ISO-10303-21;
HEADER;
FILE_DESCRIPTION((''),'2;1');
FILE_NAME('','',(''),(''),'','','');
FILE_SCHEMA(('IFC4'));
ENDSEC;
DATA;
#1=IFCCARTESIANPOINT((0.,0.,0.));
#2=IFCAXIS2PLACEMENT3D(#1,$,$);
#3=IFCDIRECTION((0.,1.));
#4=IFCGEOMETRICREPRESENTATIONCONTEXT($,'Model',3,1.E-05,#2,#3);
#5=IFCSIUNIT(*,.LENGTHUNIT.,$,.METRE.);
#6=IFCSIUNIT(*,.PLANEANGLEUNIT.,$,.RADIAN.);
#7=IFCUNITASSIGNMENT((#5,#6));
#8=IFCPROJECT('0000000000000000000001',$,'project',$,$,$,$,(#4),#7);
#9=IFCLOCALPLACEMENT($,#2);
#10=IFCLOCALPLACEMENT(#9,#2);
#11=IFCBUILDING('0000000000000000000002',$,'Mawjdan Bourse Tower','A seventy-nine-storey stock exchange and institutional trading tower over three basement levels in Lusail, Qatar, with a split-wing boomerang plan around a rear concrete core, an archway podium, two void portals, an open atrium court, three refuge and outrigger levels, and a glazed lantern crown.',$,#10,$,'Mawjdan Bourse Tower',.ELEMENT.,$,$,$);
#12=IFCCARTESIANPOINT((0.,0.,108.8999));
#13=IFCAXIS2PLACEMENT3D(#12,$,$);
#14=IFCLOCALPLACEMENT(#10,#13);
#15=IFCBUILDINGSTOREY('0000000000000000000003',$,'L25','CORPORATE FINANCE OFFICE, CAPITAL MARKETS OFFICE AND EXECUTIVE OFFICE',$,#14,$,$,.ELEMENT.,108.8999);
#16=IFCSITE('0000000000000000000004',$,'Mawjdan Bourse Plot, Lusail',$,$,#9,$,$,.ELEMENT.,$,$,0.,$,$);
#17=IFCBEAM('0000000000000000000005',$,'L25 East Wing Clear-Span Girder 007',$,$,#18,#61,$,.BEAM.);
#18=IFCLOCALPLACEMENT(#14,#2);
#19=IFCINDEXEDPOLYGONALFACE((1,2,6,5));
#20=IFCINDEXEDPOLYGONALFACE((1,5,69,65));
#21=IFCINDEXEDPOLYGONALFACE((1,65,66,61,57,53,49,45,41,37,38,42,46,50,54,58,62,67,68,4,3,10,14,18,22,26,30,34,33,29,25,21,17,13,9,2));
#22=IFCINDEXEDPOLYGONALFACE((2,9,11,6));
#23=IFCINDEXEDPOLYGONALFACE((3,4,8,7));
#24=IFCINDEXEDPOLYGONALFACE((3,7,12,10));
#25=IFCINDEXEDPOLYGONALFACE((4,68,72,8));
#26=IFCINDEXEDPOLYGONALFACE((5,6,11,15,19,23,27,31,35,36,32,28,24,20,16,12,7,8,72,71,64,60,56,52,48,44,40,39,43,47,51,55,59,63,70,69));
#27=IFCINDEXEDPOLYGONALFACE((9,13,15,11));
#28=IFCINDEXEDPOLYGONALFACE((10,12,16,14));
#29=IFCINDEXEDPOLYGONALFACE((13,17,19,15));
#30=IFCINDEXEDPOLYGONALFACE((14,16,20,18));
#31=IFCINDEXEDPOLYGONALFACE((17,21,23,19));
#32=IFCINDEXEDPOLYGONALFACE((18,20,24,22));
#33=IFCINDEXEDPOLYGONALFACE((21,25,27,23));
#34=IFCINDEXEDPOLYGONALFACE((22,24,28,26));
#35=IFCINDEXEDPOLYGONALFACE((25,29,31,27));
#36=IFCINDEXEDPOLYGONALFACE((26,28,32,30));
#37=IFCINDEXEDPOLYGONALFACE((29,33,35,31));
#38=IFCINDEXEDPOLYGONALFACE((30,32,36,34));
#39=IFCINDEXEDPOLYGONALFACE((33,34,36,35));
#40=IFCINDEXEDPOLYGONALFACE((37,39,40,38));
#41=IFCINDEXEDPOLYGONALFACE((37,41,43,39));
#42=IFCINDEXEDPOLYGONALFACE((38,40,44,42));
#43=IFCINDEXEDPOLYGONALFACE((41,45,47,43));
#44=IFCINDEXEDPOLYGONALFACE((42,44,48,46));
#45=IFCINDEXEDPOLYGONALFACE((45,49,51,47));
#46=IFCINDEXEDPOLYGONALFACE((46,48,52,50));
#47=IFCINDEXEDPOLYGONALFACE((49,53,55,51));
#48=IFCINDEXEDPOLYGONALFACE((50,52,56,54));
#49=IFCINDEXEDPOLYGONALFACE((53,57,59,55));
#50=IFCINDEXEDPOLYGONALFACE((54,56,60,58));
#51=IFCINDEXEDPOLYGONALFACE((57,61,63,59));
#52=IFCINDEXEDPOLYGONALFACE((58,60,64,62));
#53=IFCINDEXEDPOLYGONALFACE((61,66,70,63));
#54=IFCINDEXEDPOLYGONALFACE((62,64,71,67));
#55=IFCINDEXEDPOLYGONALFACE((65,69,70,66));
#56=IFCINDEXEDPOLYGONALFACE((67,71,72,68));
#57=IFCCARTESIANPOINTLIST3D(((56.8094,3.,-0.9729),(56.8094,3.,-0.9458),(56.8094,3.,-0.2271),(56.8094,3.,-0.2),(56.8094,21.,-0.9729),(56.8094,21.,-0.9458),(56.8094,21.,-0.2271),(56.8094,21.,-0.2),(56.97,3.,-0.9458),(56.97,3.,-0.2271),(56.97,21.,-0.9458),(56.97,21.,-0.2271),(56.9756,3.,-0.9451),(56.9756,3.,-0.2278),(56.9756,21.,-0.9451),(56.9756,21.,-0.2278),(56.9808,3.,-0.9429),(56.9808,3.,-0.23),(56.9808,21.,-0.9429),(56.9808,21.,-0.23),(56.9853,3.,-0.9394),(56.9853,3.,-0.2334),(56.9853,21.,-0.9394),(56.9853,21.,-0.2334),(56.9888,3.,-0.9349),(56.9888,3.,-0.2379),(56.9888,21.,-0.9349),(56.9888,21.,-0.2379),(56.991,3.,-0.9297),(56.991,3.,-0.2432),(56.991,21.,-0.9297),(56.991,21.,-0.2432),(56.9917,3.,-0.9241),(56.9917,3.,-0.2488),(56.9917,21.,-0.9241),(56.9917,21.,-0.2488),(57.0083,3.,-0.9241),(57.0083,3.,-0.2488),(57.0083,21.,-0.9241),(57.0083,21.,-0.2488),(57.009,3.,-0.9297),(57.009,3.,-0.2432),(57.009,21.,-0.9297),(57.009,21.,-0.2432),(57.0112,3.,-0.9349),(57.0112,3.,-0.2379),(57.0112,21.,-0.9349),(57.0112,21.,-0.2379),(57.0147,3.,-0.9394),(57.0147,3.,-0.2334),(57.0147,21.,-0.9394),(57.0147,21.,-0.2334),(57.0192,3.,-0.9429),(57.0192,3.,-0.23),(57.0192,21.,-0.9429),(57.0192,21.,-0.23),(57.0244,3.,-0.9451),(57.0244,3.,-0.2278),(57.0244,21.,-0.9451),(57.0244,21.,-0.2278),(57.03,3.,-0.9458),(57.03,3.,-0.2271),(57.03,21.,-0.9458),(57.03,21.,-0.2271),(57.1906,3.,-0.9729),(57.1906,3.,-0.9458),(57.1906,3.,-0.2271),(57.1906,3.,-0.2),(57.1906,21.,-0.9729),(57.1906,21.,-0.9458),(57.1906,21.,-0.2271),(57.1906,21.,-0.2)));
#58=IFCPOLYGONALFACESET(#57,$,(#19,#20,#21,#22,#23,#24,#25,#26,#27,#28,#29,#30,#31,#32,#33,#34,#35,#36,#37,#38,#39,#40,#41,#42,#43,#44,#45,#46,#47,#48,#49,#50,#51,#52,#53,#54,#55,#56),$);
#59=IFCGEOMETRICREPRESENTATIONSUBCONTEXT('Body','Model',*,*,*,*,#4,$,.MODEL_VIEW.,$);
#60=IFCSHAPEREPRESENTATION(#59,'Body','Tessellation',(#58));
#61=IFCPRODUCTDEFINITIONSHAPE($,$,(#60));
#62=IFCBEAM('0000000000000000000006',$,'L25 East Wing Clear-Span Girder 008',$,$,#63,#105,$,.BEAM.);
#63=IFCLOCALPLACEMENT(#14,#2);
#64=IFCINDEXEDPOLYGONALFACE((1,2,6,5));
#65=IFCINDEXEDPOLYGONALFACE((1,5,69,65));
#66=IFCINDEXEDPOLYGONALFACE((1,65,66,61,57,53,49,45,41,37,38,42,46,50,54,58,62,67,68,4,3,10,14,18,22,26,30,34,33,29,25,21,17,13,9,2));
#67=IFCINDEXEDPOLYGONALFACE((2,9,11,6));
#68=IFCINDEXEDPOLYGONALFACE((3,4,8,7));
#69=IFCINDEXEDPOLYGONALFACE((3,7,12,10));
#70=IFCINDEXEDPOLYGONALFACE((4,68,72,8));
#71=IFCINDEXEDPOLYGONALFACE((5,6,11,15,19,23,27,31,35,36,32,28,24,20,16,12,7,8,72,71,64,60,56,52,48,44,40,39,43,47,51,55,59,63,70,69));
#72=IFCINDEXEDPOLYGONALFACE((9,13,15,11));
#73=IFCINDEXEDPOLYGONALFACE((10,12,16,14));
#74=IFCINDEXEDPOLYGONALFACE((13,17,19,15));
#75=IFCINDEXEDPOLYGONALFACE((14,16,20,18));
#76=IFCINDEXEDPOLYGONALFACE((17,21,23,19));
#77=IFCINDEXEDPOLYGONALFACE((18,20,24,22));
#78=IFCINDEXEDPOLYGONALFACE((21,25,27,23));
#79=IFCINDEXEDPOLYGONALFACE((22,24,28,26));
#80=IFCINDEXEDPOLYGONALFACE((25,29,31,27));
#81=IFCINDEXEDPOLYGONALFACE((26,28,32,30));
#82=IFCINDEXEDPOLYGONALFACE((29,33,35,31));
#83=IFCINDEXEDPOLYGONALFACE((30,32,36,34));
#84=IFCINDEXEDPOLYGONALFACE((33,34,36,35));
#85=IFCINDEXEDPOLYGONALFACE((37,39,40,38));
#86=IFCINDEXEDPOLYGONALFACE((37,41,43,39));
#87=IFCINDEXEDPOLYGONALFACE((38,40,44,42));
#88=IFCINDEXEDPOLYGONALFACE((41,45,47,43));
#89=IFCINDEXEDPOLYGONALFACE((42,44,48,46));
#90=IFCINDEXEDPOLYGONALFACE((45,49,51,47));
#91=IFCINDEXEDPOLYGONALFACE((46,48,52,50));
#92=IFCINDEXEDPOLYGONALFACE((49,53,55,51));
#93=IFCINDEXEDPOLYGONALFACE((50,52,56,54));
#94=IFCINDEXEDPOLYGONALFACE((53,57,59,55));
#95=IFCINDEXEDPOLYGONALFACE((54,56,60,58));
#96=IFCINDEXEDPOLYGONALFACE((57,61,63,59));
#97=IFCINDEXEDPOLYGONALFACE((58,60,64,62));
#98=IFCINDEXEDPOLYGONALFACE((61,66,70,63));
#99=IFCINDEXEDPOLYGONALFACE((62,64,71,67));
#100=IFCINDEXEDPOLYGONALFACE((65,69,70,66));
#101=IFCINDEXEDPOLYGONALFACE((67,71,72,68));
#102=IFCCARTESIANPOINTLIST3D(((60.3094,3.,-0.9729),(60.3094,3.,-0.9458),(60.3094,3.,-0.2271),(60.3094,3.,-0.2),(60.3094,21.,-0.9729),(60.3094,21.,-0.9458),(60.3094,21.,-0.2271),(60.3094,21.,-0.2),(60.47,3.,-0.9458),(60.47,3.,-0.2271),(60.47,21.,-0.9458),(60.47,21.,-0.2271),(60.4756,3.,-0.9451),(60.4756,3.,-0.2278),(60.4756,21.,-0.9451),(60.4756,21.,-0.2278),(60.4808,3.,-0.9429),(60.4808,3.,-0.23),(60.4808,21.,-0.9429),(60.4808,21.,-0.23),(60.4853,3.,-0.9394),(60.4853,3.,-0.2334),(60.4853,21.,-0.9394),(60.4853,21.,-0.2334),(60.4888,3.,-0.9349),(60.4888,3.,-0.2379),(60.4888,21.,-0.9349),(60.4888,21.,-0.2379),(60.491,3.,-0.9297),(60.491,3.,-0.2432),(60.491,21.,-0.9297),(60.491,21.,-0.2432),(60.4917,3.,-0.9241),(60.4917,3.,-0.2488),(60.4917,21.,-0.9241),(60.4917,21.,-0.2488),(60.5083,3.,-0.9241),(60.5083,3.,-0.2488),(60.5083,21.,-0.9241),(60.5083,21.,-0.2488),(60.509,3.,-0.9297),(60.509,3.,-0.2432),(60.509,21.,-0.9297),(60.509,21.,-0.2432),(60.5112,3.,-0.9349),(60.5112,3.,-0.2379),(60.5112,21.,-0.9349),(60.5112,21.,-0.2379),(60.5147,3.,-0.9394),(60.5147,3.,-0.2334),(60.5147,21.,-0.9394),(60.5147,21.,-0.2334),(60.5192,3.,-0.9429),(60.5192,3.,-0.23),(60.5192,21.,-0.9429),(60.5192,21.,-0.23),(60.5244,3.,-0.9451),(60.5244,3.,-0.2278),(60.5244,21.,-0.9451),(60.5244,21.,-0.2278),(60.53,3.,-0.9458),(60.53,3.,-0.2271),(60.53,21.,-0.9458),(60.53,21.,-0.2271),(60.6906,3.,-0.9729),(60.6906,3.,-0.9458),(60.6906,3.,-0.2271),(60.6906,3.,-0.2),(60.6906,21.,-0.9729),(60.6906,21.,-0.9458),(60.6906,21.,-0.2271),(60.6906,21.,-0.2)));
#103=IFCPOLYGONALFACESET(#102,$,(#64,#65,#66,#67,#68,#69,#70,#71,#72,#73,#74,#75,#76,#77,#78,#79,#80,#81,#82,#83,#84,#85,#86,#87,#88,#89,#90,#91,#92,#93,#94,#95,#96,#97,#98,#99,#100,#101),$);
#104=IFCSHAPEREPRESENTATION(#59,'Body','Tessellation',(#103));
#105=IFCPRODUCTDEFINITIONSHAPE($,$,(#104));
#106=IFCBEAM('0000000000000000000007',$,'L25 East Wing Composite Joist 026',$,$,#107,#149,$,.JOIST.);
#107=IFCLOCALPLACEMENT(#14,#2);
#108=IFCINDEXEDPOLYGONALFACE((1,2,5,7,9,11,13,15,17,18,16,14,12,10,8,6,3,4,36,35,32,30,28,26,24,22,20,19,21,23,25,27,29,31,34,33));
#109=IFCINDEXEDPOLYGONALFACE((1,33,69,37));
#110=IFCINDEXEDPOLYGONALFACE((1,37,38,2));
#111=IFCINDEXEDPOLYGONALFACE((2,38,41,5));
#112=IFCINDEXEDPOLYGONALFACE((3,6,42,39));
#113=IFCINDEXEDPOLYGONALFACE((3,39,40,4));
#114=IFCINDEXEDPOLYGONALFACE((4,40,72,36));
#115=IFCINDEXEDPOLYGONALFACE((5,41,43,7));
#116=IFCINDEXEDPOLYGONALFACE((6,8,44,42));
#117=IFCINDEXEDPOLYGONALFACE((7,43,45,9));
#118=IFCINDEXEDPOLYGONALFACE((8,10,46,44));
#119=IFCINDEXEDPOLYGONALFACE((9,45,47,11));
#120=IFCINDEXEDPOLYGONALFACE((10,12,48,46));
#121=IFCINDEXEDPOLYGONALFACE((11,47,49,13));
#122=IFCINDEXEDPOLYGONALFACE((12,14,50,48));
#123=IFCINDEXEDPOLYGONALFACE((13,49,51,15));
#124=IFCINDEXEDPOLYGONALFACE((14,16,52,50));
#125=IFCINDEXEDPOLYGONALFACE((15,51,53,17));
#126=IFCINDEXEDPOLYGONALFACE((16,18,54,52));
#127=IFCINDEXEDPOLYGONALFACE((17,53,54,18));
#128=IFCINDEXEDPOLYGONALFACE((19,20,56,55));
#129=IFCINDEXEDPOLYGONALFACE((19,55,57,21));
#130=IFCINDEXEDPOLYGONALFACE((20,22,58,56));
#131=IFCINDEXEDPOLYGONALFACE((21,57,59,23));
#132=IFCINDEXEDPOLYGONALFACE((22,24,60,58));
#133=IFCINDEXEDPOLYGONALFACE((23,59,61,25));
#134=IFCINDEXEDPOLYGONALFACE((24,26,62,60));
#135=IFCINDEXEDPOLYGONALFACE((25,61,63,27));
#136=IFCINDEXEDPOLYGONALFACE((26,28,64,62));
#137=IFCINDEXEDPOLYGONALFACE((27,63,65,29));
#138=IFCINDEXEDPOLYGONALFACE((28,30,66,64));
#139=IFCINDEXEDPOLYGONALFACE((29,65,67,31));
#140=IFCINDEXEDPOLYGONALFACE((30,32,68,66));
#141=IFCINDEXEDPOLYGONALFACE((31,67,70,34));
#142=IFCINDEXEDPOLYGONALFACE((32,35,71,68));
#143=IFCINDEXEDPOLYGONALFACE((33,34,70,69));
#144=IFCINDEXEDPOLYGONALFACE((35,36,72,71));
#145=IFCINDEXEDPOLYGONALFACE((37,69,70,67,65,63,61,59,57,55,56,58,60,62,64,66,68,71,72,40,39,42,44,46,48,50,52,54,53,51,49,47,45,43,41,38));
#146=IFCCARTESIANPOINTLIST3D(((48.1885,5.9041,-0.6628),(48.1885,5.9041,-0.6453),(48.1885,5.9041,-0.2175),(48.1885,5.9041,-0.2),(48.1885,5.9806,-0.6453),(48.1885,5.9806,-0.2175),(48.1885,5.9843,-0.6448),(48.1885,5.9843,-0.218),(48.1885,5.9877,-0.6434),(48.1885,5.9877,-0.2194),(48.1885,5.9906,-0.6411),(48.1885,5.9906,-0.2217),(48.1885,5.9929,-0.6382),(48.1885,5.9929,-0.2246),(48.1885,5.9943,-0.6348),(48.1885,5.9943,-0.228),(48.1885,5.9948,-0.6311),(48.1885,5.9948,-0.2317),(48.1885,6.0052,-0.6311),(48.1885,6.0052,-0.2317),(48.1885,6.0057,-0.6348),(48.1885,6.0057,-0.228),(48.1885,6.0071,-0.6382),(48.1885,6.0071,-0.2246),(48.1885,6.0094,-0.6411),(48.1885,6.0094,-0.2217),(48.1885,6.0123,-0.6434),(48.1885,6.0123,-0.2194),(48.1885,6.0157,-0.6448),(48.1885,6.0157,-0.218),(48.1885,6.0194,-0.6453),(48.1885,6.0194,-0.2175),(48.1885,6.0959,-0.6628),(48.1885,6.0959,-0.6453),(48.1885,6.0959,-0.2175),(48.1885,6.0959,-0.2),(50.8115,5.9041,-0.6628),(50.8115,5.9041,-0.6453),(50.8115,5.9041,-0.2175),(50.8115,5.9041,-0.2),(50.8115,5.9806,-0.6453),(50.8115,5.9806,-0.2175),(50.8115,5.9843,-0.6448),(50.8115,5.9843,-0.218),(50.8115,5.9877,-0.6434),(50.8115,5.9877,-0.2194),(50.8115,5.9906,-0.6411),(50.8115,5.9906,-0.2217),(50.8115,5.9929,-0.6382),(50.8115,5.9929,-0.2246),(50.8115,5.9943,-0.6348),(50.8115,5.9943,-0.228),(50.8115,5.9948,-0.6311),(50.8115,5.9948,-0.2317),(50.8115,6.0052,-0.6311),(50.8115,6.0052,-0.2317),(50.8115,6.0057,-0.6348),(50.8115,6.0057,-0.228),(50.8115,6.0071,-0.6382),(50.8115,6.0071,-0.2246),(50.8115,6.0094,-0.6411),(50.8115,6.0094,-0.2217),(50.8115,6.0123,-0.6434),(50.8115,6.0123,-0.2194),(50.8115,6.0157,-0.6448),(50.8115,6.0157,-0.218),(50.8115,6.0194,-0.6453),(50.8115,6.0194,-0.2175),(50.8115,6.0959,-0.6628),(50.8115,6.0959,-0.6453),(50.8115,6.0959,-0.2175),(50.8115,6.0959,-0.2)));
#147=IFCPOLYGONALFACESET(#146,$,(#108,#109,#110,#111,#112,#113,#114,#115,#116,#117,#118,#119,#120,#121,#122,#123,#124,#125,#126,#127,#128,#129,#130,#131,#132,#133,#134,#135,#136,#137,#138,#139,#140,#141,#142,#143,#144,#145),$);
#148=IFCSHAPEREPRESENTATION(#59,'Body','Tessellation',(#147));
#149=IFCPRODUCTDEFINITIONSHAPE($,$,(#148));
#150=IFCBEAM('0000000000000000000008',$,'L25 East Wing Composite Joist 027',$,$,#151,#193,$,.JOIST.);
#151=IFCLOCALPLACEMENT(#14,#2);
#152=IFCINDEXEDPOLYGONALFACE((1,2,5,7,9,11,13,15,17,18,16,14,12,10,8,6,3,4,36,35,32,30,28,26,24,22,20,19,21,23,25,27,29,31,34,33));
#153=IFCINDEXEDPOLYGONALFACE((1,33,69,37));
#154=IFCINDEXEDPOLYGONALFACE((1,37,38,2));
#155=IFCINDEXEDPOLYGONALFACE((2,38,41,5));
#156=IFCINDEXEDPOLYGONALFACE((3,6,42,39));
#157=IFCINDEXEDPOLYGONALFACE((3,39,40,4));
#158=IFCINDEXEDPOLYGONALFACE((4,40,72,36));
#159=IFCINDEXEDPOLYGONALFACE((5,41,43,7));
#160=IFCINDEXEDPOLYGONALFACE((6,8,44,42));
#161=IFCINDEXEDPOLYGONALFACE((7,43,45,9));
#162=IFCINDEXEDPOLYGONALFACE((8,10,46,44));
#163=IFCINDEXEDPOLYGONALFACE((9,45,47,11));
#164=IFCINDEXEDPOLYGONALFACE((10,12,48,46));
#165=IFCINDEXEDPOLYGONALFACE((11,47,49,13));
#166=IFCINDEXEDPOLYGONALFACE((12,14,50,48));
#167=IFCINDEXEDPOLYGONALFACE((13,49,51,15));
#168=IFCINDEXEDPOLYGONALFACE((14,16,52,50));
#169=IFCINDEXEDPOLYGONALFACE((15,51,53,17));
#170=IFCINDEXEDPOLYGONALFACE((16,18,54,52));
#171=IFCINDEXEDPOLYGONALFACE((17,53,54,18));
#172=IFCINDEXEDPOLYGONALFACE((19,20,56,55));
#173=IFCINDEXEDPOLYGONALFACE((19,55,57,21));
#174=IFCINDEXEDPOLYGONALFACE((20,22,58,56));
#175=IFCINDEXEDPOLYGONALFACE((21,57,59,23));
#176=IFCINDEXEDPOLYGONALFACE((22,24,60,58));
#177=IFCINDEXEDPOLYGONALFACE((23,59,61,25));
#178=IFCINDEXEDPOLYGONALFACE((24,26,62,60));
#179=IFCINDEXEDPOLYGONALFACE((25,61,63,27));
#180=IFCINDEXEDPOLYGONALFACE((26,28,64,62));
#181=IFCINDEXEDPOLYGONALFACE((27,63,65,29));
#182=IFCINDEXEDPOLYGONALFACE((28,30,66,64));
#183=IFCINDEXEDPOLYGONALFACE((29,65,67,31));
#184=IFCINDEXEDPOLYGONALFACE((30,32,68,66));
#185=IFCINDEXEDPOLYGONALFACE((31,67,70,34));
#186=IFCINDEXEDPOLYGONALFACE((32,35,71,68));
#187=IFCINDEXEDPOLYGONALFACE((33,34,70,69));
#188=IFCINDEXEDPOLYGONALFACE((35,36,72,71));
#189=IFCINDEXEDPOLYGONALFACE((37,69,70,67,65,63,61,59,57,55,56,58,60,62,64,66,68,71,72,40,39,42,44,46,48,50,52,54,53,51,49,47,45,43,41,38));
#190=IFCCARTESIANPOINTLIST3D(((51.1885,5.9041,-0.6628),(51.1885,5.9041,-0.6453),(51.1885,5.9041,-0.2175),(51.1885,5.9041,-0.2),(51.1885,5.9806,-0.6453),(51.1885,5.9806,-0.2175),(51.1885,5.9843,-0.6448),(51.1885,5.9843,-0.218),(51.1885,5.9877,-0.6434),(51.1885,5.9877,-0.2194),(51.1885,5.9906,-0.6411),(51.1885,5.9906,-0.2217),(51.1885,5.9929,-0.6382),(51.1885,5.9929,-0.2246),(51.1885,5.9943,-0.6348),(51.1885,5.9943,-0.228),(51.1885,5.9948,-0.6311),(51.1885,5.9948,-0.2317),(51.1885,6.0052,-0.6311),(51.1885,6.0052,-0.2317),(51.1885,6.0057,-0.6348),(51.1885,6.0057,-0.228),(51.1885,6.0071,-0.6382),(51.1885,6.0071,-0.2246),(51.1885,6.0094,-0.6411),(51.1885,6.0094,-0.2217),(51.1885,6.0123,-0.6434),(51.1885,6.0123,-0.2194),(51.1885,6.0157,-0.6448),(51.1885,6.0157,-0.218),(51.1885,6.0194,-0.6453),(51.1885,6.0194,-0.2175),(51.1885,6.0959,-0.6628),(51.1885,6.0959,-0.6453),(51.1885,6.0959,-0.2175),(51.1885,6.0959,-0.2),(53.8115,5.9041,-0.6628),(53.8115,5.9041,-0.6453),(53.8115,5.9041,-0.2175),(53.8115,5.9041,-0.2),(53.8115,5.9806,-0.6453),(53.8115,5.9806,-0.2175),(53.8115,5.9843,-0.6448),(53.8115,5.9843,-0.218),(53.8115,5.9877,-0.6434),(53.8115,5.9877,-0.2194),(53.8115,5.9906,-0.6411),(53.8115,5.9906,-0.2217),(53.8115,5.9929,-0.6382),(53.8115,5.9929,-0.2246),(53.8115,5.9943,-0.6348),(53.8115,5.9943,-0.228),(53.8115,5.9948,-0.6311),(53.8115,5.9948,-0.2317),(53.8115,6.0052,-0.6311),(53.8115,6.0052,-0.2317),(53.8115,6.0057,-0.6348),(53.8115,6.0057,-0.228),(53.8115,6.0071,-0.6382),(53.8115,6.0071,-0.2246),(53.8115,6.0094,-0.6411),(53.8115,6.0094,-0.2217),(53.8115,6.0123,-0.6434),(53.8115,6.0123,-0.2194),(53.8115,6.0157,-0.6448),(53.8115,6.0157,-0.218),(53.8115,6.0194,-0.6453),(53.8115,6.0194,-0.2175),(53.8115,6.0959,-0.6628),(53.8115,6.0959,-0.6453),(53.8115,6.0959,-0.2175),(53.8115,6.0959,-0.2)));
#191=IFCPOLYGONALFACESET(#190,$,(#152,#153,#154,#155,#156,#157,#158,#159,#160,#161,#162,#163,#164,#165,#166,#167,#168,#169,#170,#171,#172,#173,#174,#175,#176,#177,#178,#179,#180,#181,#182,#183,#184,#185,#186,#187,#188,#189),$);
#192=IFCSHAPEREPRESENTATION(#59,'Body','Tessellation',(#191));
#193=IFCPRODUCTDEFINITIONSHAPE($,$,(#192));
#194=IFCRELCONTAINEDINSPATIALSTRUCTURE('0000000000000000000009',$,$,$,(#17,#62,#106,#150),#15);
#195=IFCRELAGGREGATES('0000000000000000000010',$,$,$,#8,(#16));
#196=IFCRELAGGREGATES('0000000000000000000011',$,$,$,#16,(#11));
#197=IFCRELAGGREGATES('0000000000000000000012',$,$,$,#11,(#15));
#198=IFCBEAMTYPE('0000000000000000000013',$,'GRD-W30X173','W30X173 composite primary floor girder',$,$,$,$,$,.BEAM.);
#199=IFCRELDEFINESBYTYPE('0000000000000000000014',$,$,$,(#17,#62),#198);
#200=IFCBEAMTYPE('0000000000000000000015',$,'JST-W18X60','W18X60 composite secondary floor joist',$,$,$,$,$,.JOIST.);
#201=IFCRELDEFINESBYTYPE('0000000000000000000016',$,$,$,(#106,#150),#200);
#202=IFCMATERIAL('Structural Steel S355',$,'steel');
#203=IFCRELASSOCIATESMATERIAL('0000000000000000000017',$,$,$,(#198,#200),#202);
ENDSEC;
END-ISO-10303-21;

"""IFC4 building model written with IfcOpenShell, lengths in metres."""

from ifc_helpers import new_model, si_unit, direction, frame, origin, origin_2d, place, context, subcontext, project, spatial, i_section, extrude, material, material_profile, profile_set, type_object, element, save


model = new_model("IFC4")

# Units and contexts
model_context = context("Model", 3, precision=1e-05, world=origin(), true_north=direction((0.0, 1.0)))
body_context = subcontext(model_context, "Body", "Model", "MODEL_VIEW")
ifc_project = project(units=[si_unit("LENGTHUNIT", "METRE"), si_unit("PLANEANGLEUNIT", "RADIAN")], contexts=[model_context])

# Site, building, storey
site_placement = place(None, origin())
site = spatial("IfcSite", under=ifc_project, at=site_placement, Name="Mawjdan Bourse Plot, Lusail", CompositionType="ELEMENT", RefElevation=0.0)
building_placement = place(site_placement, origin())
building = spatial("IfcBuilding", under=site, at=building_placement, Name="Mawjdan Bourse Tower", Description="A seventy-nine-storey stock exchange and institutional trading tower over three basement levels in Lusail, Qatar, with a split-wing boomerang plan around a rear concrete core, an archway podium, two void portals, an open atrium court, three refuge and outrigger levels, and a glazed lantern crown.", LongName="Mawjdan Bourse Tower", CompositionType="ELEMENT")
storey_placement = place(building_placement, frame((0.0, 0.0, 108.8999)))
storey = spatial("IfcBuildingStorey", under=building, at=storey_placement, Name="L25", Description="CORPORATE FINANCE OFFICE, CAPITAL MARKETS OFFICE AND EXECUTIVE OFFICE", CompositionType="ELEMENT", Elevation=108.8999)

# Beams
ifc_material_1 = material(Name="Structural Steel S355", Category="steel")
ifc_material_profile_1 = material_profile(ifc_material_1, i_section(OverallWidth=0.3811, OverallDepth=0.7729, WebThickness=0.0166, FlangeThickness=0.0271, FilletRadius=0.0217, at=origin_2d()), Name="W30X173")
ifc_profile_set_1 = profile_set([ifc_material_profile_1], Name="Structural Steel S355")
beam_type_1 = type_object("IfcBeamType", Name="GRD-W30X173", Description="W30X173 composite primary floor girder", PredefinedType="BEAM", material=ifc_profile_set_1)
for number, where, z_axis, x_axis, name in (
    (1, (57.0, 3.0, -0.5864), (0.0, 1.0, 0.0), (-1.0, 0.0, 0.0), "L25 East Wing Clear-Span Girder 007"),
    (2, (60.5, 3.0, -0.5864), (0.0, 1.0, 0.0), (-1.0, 0.0, 0.0), "L25 East Wing Clear-Span Girder 008"),
):
    element("IfcBeam", number, at=place(storey_placement, frame(where, z_axis=z_axis, x_axis=x_axis)), inside=storey, type_object=beam_type_1, Name=name, PredefinedType="BEAM", context=body_context, shape_type="SweptSolid", body=[
        extrude(i_section(OverallWidth=0.3811, OverallDepth=0.7729, WebThickness=0.0166, FlangeThickness=0.0271, FilletRadius=0.0217, at=origin_2d()), origin(), (0.0, 0.0, 1.0), 18.0),
    ])
ifc_material_profile_2 = material_profile(ifc_material_1, i_section(OverallWidth=0.1919, OverallDepth=0.4629, WebThickness=0.0105, FlangeThickness=0.0176, FilletRadius=0.0142, at=origin_2d()), Name="W18X60")
ifc_profile_set_2 = profile_set([ifc_material_profile_2], Name="Structural Steel S355")
beam_type_2 = type_object("IfcBeamType", Name="JST-W18X60", Description="W18X60 composite secondary floor joist", PredefinedType="JOIST", material=ifc_profile_set_2)
for number, where, z_axis, x_axis, name in (
    (3, (48.1885, 6.0, -0.4314), (1.0, 0.0, 0.0), (0.0, 1.0, 0.0), "L25 East Wing Composite Joist 026"),
    (4, (51.1885, 6.0, -0.4314), (1.0, 0.0, 0.0), (0.0, 1.0, 0.0), "L25 East Wing Composite Joist 027"),
):
    element("IfcBeam", number, at=place(storey_placement, frame(where, z_axis=z_axis, x_axis=x_axis)), inside=storey, type_object=beam_type_2, Name=name, PredefinedType="JOIST", context=body_context, shape_type="SweptSolid", body=[
        extrude(i_section(OverallWidth=0.1919, OverallDepth=0.4629, WebThickness=0.0105, FlangeThickness=0.0176, FilletRadius=0.0142, at=origin_2d()), origin(), (0.0, 0.0, 1.0), 2.623),
    ])

save(model, "model.ifc")
